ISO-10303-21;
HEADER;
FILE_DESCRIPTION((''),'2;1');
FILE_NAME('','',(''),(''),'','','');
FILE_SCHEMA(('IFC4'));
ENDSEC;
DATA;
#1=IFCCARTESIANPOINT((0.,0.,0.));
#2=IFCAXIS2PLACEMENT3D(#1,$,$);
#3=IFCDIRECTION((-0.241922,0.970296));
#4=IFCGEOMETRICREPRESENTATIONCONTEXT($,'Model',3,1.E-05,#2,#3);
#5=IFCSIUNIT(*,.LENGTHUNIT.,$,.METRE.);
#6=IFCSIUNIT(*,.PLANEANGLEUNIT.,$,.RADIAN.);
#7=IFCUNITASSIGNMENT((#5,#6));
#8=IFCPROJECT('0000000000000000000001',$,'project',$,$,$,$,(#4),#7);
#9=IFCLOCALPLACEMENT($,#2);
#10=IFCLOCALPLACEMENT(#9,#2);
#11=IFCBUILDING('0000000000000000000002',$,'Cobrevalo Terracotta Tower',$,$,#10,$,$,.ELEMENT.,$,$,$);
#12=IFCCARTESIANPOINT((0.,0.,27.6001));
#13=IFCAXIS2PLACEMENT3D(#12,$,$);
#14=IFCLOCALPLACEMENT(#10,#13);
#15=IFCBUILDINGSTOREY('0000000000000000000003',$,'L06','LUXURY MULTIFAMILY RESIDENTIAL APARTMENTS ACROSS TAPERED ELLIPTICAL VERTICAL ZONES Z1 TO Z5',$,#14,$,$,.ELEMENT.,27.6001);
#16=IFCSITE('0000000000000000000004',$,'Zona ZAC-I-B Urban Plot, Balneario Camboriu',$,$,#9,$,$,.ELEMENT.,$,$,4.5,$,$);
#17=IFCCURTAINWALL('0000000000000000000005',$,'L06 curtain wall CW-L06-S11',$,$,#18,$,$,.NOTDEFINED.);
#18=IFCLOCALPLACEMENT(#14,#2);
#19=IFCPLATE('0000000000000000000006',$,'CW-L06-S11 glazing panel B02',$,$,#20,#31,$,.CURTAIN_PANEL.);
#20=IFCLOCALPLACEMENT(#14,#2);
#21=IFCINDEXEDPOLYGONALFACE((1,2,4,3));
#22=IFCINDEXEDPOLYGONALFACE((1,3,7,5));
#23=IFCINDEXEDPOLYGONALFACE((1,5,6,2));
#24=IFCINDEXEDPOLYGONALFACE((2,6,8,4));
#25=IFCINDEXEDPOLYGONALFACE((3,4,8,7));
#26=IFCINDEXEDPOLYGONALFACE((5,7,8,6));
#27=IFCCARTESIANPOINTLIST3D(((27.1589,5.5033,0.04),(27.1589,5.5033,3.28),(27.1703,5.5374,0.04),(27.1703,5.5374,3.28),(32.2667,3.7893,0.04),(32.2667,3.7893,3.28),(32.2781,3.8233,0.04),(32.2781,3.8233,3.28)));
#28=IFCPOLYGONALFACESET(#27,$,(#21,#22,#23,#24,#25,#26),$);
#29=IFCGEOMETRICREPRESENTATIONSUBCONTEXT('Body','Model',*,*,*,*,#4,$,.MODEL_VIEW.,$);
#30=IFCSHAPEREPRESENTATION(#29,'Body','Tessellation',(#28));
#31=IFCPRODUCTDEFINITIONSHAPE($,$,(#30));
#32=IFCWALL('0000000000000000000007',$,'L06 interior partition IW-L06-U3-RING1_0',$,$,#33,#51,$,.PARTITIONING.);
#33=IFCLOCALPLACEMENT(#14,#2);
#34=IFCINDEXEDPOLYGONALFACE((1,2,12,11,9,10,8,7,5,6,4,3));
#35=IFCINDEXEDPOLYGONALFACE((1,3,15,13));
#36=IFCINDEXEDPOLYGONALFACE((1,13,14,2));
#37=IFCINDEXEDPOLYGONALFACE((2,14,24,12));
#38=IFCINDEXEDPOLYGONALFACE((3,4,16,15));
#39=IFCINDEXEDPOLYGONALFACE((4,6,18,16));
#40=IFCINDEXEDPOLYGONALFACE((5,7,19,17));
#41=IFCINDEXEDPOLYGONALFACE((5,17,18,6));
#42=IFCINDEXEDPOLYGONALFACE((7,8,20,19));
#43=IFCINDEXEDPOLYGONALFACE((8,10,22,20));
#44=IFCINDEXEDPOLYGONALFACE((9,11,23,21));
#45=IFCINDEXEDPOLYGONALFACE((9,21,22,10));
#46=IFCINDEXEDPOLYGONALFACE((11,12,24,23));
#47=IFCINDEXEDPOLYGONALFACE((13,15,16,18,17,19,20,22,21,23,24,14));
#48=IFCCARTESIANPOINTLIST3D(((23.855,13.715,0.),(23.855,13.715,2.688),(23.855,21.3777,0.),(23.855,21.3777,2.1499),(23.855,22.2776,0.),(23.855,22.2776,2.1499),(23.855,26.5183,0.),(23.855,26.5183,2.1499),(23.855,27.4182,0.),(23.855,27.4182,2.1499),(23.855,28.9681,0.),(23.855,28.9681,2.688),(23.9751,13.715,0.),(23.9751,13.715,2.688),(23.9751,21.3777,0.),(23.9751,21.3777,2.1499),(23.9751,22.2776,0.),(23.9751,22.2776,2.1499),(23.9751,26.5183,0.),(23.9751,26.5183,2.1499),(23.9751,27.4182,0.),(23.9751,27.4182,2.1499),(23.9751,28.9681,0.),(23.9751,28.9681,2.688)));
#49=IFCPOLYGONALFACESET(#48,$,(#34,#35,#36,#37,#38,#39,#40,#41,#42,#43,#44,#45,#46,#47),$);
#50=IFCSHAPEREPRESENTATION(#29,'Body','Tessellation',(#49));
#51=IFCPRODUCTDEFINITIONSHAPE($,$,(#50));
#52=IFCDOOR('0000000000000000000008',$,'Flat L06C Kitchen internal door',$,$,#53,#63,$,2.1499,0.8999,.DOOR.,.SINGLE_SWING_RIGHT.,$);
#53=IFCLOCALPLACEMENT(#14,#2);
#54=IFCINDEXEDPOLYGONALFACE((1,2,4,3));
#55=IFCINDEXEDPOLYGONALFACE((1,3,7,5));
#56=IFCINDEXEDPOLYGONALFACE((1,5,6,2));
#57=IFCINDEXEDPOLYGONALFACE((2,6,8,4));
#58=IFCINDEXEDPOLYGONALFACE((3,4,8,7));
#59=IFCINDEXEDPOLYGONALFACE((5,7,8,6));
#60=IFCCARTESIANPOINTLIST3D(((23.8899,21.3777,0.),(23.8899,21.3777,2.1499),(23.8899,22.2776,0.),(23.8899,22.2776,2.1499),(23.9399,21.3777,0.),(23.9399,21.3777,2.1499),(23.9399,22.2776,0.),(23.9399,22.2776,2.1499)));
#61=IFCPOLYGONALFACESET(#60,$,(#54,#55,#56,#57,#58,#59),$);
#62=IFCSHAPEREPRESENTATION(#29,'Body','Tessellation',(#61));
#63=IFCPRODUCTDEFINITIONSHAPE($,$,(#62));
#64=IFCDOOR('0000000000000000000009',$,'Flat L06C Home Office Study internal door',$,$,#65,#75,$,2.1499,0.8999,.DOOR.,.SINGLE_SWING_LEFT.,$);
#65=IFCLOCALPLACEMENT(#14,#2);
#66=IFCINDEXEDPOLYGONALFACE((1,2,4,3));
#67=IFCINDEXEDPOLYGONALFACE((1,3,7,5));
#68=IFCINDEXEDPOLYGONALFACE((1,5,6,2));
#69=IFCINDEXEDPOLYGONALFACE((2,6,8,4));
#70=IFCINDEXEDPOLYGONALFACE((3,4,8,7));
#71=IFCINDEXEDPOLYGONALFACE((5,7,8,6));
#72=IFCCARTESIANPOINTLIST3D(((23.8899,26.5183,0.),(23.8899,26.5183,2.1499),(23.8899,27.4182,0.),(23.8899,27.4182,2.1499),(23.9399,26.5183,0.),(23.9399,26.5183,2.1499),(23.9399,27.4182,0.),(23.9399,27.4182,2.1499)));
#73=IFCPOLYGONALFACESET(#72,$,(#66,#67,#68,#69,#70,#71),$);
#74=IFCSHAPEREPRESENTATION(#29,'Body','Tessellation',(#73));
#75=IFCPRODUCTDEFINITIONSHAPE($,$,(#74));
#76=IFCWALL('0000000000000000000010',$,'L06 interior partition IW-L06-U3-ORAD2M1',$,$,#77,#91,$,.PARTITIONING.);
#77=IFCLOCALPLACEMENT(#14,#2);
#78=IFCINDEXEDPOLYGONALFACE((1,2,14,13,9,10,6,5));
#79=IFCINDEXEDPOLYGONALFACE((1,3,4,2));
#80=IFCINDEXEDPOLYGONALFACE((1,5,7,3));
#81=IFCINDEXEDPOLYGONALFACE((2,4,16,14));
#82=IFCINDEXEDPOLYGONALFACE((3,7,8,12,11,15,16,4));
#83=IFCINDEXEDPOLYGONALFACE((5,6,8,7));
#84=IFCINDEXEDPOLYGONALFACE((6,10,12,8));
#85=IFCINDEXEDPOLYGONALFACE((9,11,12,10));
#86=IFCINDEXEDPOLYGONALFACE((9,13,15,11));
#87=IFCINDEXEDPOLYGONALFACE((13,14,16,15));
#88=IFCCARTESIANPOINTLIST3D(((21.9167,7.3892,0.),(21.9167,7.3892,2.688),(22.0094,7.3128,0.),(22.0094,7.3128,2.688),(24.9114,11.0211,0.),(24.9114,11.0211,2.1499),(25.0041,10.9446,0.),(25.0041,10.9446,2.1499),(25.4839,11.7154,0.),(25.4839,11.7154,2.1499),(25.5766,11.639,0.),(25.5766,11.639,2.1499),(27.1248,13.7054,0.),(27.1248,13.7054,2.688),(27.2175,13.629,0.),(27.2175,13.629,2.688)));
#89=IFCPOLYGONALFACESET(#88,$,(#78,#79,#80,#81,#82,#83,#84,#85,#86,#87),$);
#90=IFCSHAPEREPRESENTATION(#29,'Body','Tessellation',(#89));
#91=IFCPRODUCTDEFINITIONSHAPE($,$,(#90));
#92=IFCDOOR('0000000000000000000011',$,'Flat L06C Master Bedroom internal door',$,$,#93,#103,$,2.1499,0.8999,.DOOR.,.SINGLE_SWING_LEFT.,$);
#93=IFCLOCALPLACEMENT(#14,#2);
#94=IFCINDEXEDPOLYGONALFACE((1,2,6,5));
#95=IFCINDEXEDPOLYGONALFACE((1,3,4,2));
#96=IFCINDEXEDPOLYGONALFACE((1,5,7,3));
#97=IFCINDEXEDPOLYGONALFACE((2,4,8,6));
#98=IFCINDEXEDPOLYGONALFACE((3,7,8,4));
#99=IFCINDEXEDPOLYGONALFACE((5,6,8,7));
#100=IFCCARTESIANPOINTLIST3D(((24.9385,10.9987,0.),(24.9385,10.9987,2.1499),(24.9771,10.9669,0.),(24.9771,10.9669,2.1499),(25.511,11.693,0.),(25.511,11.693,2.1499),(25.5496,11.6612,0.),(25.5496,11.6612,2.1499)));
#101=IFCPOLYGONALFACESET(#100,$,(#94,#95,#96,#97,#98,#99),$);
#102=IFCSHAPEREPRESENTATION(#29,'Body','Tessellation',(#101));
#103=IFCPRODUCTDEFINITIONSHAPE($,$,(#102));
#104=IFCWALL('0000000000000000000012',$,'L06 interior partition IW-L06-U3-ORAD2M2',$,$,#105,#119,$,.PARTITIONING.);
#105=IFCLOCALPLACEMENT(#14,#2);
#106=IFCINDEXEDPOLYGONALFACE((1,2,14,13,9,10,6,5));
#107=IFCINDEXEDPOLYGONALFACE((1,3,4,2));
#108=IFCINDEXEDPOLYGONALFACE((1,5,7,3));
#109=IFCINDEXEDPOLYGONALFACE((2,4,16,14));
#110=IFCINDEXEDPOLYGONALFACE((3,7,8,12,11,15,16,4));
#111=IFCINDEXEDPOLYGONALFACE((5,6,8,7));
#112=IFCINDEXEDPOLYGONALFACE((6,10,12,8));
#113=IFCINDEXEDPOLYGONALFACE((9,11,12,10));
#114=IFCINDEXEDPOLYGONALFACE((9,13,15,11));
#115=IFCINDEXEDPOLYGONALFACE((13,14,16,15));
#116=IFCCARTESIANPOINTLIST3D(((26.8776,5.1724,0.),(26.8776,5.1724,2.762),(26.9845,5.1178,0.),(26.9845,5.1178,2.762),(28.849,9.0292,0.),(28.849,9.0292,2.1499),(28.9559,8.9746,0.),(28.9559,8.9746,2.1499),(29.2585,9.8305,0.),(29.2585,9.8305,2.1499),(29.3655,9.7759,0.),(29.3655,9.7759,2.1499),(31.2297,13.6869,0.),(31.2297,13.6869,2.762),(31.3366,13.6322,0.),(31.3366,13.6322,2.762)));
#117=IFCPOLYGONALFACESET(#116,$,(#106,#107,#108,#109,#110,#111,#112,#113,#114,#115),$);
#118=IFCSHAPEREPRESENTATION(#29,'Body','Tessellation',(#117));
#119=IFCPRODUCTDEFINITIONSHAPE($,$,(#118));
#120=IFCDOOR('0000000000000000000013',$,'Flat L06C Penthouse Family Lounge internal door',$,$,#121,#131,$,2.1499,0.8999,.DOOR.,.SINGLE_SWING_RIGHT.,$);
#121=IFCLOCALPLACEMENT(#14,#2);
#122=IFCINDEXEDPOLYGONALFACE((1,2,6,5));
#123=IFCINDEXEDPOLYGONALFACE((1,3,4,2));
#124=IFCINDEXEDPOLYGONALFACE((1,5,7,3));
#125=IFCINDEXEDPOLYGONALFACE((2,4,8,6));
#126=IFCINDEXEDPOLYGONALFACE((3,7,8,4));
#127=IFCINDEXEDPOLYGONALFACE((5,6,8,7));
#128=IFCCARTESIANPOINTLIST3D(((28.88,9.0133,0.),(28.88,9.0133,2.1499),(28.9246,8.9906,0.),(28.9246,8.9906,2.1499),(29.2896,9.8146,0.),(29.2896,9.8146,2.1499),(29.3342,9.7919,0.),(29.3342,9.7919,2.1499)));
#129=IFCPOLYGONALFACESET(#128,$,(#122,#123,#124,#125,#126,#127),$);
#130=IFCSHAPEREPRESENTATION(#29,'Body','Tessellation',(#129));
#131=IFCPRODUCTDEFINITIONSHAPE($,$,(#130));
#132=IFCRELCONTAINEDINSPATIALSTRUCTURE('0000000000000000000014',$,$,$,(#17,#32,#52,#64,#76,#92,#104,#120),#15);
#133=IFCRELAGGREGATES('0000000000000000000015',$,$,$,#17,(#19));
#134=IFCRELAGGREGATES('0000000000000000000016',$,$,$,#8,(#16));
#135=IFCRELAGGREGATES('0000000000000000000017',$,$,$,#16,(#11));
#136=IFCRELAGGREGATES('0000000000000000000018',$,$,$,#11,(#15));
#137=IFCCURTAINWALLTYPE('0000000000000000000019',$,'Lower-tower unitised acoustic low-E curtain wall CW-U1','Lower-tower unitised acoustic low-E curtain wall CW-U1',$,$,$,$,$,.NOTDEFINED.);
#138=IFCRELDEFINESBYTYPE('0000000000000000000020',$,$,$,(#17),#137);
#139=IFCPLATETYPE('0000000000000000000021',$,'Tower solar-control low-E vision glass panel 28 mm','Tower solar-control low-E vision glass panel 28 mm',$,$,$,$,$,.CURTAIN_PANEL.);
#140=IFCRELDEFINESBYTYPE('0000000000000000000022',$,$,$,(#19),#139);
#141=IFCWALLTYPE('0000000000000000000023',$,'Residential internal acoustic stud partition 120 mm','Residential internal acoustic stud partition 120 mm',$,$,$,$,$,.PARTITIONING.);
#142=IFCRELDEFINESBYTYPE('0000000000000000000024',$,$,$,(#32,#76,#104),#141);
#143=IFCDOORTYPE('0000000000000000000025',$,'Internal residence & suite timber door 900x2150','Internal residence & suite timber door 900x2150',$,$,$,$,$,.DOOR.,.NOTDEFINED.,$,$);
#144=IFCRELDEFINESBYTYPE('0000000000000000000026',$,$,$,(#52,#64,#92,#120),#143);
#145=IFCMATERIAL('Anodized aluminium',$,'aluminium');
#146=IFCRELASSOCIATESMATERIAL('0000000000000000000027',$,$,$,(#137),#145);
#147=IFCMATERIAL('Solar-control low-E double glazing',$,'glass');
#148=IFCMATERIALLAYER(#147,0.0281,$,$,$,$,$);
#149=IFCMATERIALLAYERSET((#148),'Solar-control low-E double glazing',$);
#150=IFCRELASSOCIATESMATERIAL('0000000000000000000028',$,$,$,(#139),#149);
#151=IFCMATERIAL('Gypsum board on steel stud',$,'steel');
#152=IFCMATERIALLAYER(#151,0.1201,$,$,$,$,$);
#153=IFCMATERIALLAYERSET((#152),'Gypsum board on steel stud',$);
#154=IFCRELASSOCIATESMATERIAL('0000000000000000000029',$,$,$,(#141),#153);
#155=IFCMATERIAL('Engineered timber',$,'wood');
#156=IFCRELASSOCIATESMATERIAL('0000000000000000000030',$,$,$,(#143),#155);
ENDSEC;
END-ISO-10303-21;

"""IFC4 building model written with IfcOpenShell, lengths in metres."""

from ifc_helpers import new_model, si_unit, direction, frame, frame_2d, origin, origin_2d, place, context, subcontext, project, spatial, rectangle, extrude, source, transform, mapped, material, layer, layer_set, type_object, element, fill, aggregate, save


model = new_model("IFC4")

# Units and contexts
model_context = context("Model", 3, precision=1e-05, world=origin(), true_north=direction((-0.241922, 0.970296)))
body_context = subcontext(model_context, "Body", "Model", "MODEL_VIEW")
ifc_project = project(units=[si_unit("LENGTHUNIT", "METRE"), si_unit("PLANEANGLEUNIT", "RADIAN")], contexts=[model_context])

# Site, building, storey
site_placement = place(None, origin())
site = spatial("IfcSite", under=ifc_project, at=site_placement, Name="Zona ZAC-I-B Urban Plot, Balneario Camboriu", CompositionType="ELEMENT", RefElevation=4.5)
building_placement = place(site_placement, origin())
building = spatial("IfcBuilding", under=site, at=building_placement, Name="Cobrevalo Terracotta Tower", CompositionType="ELEMENT")
storey_placement = place(building_placement, frame((0.0, 0.0, 27.6001)))
storey = spatial("IfcBuildingStorey", under=building, at=storey_placement, Name="L06", Description="LUXURY MULTIFAMILY RESIDENTIAL APARTMENTS ACROSS TAPERED ELLIPTICAL VERTICAL ZONES Z1 TO Z5", CompositionType="ELEMENT", Elevation=27.6001)

# Curtain wall
ifc_material_1 = material(Name="Anodized aluminium", Category="aluminium")
curtain_wall_type = type_object("IfcCurtainWallType", Name="Lower-tower unitised acoustic low-E curtain wall CW-U1", Description="Lower-tower unitised acoustic low-E curtain wall CW-U1", PredefinedType="NOTDEFINED", material=ifc_material_1)
curtain_wall_1_placement = place(storey_placement, origin())
curtain_wall_1 = element("IfcCurtainWall", 1, at=curtain_wall_1_placement, inside=storey, type_object=curtain_wall_type, Name="L06 curtain wall CW-L06-S11", PredefinedType="NOTDEFINED")

# Plate
ifc_material_2 = material(Name="Solar-control low-E double glazing", Category="glass")
ifc_layer_1 = layer(ifc_material_2, 0.0281)
ifc_layer_set_1 = layer_set([ifc_layer_1], Name="Solar-control low-E double glazing")
plate_type = type_object("IfcPlateType", Name="Tower solar-control low-E vision glass panel 28 mm", Description="Tower solar-control low-E vision glass panel 28 mm", PredefinedType="CURTAIN_PANEL", material=ifc_layer_set_1)
shared_shape_1 = source(origin(), body_context, "Body", "SweptSolid", [
    extrude(rectangle(XDim=5.3877, YDim=0.0359, at=origin_2d()), origin(), (0.0, 0.0, 1.0), 3.24),
])
plate_1_placement = place(storey_placement, frame((29.7185, 4.6633, 0.04), z_axis=(0.0, 0.0, 1.0), x_axis=(0.948044, -0.318139, 0.0)))
plate_1 = element("IfcPlate", 2, at=plate_1_placement, type_object=plate_type, Name="CW-L06-S11 glazing panel B02", PredefinedType="CURTAIN_PANEL", context=body_context, shape_type="MappedRepresentation", body=[
    mapped(shared_shape_1, transform((0.0, 0.0, 0.0), scale=1.0)),
])
aggregate(curtain_wall_1, [plate_1])

# Wall, openings, doors
ifc_material_3 = material(Name="Gypsum board on steel stud", Category="steel")
ifc_layer_2 = layer(ifc_material_3, 0.1201)
ifc_layer_set_2 = layer_set([ifc_layer_2], Name="Gypsum board on steel stud")
wall_type = type_object("IfcWallType", Name="Residential internal acoustic stud partition 120 mm", Description="Residential internal acoustic stud partition 120 mm", PredefinedType="PARTITIONING", material=ifc_layer_set_2)
wall_1_placement = place(storey_placement, frame((23.915, 13.7151, 0.0), z_axis=(0.0, 0.0, 1.0), x_axis=(0.0, 1.0, 0.0)))
wall_1 = element("IfcWall", 3, at=wall_1_placement, inside=storey, type_object=wall_type, Name="L06 interior partition IW-L06-U3-RING1_0", PredefinedType="PARTITIONING", context=body_context, shape_type="SweptSolid", body=[
    extrude(rectangle(XDim=15.2532, YDim=0.1201, at=frame_2d((7.6265, 0.0))), origin(), (0.0, 0.0, 1.0), 2.688),
])
opening_1_placement = place(wall_1_placement, frame((7.6626, 0.0, 0.0)))
opening_1 = element("IfcOpeningElement", 4, at=opening_1_placement, cuts=wall_1, PredefinedType="OPENING", context=body_context, shape_type="SweptSolid", body=[
    extrude(rectangle(XDim=0.8999, YDim=2.1499, at=frame_2d((0.45, 1.075))), frame((0.0, 0.0701, 0.0), z_axis=(0.0, -1.0, 0.0), x_axis=(1.0, 0.0, 0.0)), (0.0, 0.0, 1.0), 0.1401),
])
opening_2_placement = place(wall_1_placement, frame((12.8032, 0.0, 0.0)))
opening_2 = element("IfcOpeningElement", 5, at=opening_2_placement, cuts=wall_1, PredefinedType="OPENING", context=body_context, shape_type="SweptSolid", body=[
    extrude(rectangle(XDim=0.8999, YDim=2.1499, at=frame_2d((0.45, 1.075))), frame((0.0, 0.0701, 0.0), z_axis=(0.0, -1.0, 0.0), x_axis=(1.0, 0.0, 0.0)), (0.0, 0.0, 1.0), 0.1401),
])
ifc_material_4 = material(Name="Engineered timber", Category="wood")
door_type = type_object("IfcDoorType", Name="Internal residence & suite timber door 900x2150", Description="Internal residence & suite timber door 900x2150", OperationType="NOTDEFINED", PredefinedType="DOOR", material=ifc_material_4)
shared_shape_2 = source(origin(), body_context, "Body", "SweptSolid", [
    extrude(rectangle(XDim=0.8999, YDim=2.1499, at=frame_2d((0.45, 1.075))), frame((0.0, 0.0249, 0.0), z_axis=(0.0, -1.0, 0.0), x_axis=(1.0, 0.0, 0.0)), (0.0, 0.0, 1.0), 0.05),
])
door_1_placement = place(opening_1_placement, frame((0.8999, 0.0, 0.0), z_axis=(0.0, 0.0, 1.0), x_axis=(-1.0, 0.0, 0.0)))
door_1 = element("IfcDoor", 6, at=door_1_placement, inside=storey, type_object=door_type, Name="Flat L06C Kitchen internal door", OperationType="SINGLE_SWING_RIGHT", OverallHeight=2.1499, OverallWidth=0.8999, PredefinedType="DOOR", context=body_context, shape_type="MappedRepresentation", body=[
    mapped(shared_shape_2, transform((0.0, 0.0, 0.0), scale=1.0)),
])
fill(opening_1, door_1)
door_2_placement = place(opening_2_placement, frame((0.8999, 0.0, 0.0), z_axis=(0.0, 0.0, 1.0), x_axis=(-1.0, 0.0, 0.0)))
door_2 = element("IfcDoor", 7, at=door_2_placement, inside=storey, type_object=door_type, Name="Flat L06C Home Office Study internal door", OperationType="SINGLE_SWING_LEFT", OverallHeight=2.1499, OverallWidth=0.8999, PredefinedType="DOOR", context=body_context, shape_type="MappedRepresentation", body=[
    mapped(shared_shape_2, transform((0.0, 0.0, 0.0), scale=1.0)),
])
fill(opening_2, door_2)

# Walls, openings, doors
wall_2_placement = place(storey_placement, frame((27.1711, 13.6672, 0.0), z_axis=(0.0, 0.0, 1.0), x_axis=(-0.636178, -0.771543, 0.0)))
wall_2 = element("IfcWall", 8, at=wall_2_placement, inside=storey, type_object=wall_type, Name="L06 interior partition IW-L06-U3-ORAD2M1", PredefinedType="PARTITIONING", context=body_context, shape_type="SweptSolid", body=[
    extrude(rectangle(XDim=8.1865, YDim=0.1201, at=frame_2d((4.0933, 0.0))), origin(), (0.0, 0.0, 1.0), 2.688),
])
opening_3_placement = place(wall_2_placement, frame((2.5793, 0.0, 0.0)))
opening_3 = element("IfcOpeningElement", 9, at=opening_3_placement, cuts=wall_2, PredefinedType="OPENING", context=body_context, shape_type="SweptSolid", body=[
    extrude(rectangle(XDim=0.8999, YDim=2.1499, at=frame_2d((0.45, 1.075))), frame((0.0, 0.0701, 0.0), z_axis=(0.0, -1.0, 0.0), x_axis=(1.0, 0.0, 0.0)), (0.0, 0.0, 1.0), 0.1401),
])
door_3_placement = place(opening_3_placement, frame((0.8999, 0.0, 0.0), z_axis=(0.0, 0.0, 1.0), x_axis=(-1.0, 0.0, 0.0)))
door_3 = element("IfcDoor", 10, at=door_3_placement, inside=storey, type_object=door_type, Name="Flat L06C Master Bedroom internal door", OperationType="SINGLE_SWING_LEFT", OverallHeight=2.1499, OverallWidth=0.8999, PredefinedType="DOOR", context=body_context, shape_type="MappedRepresentation", body=[
    mapped(shared_shape_2, transform((0.0, 0.0, 0.0), scale=1.0)),
])
fill(opening_3, door_3)
wall_3_placement = place(storey_placement, frame((31.2832, 13.6597, 0.0), z_axis=(0.0, 0.0, 1.0), x_axis=(-0.455131, -0.890424, 0.0)))
wall_3 = element("IfcWall", 11, at=wall_3_placement, inside=storey, type_object=wall_type, Name="L06 interior partition IW-L06-U3-ORAD2M2", PredefinedType="PARTITIONING", context=body_context, shape_type="SweptSolid", body=[
    extrude(rectangle(XDim=9.5623, YDim=0.1201, at=frame_2d((4.7812, 0.0))), origin(), (0.0, 0.0, 1.0), 2.762),
])
opening_4_placement = place(wall_3_placement, frame((4.3311, 0.0, 0.0)))
opening_4 = element("IfcOpeningElement", 12, at=opening_4_placement, cuts=wall_3, PredefinedType="OPENING", context=body_context, shape_type="SweptSolid", body=[
    extrude(rectangle(XDim=0.8999, YDim=2.1499, at=frame_2d((0.45, 1.075))), frame((0.0, 0.0701, 0.0), z_axis=(0.0, -1.0, 0.0), x_axis=(1.0, 0.0, 0.0)), (0.0, 0.0, 1.0), 0.1401),
])
door_4_placement = place(opening_4_placement, origin())
door_4 = element("IfcDoor", 13, at=door_4_placement, inside=storey, type_object=door_type, Name="Flat L06C Penthouse Family Lounge internal door", OperationType="SINGLE_SWING_RIGHT", OverallHeight=2.1499, OverallWidth=0.8999, PredefinedType="DOOR", context=body_context, shape_type="MappedRepresentation", body=[
    mapped(shared_shape_2, transform((0.0, 0.0, 0.0), scale=1.0)),
])
fill(opening_4, door_4)

save(model, "model.ifc")
